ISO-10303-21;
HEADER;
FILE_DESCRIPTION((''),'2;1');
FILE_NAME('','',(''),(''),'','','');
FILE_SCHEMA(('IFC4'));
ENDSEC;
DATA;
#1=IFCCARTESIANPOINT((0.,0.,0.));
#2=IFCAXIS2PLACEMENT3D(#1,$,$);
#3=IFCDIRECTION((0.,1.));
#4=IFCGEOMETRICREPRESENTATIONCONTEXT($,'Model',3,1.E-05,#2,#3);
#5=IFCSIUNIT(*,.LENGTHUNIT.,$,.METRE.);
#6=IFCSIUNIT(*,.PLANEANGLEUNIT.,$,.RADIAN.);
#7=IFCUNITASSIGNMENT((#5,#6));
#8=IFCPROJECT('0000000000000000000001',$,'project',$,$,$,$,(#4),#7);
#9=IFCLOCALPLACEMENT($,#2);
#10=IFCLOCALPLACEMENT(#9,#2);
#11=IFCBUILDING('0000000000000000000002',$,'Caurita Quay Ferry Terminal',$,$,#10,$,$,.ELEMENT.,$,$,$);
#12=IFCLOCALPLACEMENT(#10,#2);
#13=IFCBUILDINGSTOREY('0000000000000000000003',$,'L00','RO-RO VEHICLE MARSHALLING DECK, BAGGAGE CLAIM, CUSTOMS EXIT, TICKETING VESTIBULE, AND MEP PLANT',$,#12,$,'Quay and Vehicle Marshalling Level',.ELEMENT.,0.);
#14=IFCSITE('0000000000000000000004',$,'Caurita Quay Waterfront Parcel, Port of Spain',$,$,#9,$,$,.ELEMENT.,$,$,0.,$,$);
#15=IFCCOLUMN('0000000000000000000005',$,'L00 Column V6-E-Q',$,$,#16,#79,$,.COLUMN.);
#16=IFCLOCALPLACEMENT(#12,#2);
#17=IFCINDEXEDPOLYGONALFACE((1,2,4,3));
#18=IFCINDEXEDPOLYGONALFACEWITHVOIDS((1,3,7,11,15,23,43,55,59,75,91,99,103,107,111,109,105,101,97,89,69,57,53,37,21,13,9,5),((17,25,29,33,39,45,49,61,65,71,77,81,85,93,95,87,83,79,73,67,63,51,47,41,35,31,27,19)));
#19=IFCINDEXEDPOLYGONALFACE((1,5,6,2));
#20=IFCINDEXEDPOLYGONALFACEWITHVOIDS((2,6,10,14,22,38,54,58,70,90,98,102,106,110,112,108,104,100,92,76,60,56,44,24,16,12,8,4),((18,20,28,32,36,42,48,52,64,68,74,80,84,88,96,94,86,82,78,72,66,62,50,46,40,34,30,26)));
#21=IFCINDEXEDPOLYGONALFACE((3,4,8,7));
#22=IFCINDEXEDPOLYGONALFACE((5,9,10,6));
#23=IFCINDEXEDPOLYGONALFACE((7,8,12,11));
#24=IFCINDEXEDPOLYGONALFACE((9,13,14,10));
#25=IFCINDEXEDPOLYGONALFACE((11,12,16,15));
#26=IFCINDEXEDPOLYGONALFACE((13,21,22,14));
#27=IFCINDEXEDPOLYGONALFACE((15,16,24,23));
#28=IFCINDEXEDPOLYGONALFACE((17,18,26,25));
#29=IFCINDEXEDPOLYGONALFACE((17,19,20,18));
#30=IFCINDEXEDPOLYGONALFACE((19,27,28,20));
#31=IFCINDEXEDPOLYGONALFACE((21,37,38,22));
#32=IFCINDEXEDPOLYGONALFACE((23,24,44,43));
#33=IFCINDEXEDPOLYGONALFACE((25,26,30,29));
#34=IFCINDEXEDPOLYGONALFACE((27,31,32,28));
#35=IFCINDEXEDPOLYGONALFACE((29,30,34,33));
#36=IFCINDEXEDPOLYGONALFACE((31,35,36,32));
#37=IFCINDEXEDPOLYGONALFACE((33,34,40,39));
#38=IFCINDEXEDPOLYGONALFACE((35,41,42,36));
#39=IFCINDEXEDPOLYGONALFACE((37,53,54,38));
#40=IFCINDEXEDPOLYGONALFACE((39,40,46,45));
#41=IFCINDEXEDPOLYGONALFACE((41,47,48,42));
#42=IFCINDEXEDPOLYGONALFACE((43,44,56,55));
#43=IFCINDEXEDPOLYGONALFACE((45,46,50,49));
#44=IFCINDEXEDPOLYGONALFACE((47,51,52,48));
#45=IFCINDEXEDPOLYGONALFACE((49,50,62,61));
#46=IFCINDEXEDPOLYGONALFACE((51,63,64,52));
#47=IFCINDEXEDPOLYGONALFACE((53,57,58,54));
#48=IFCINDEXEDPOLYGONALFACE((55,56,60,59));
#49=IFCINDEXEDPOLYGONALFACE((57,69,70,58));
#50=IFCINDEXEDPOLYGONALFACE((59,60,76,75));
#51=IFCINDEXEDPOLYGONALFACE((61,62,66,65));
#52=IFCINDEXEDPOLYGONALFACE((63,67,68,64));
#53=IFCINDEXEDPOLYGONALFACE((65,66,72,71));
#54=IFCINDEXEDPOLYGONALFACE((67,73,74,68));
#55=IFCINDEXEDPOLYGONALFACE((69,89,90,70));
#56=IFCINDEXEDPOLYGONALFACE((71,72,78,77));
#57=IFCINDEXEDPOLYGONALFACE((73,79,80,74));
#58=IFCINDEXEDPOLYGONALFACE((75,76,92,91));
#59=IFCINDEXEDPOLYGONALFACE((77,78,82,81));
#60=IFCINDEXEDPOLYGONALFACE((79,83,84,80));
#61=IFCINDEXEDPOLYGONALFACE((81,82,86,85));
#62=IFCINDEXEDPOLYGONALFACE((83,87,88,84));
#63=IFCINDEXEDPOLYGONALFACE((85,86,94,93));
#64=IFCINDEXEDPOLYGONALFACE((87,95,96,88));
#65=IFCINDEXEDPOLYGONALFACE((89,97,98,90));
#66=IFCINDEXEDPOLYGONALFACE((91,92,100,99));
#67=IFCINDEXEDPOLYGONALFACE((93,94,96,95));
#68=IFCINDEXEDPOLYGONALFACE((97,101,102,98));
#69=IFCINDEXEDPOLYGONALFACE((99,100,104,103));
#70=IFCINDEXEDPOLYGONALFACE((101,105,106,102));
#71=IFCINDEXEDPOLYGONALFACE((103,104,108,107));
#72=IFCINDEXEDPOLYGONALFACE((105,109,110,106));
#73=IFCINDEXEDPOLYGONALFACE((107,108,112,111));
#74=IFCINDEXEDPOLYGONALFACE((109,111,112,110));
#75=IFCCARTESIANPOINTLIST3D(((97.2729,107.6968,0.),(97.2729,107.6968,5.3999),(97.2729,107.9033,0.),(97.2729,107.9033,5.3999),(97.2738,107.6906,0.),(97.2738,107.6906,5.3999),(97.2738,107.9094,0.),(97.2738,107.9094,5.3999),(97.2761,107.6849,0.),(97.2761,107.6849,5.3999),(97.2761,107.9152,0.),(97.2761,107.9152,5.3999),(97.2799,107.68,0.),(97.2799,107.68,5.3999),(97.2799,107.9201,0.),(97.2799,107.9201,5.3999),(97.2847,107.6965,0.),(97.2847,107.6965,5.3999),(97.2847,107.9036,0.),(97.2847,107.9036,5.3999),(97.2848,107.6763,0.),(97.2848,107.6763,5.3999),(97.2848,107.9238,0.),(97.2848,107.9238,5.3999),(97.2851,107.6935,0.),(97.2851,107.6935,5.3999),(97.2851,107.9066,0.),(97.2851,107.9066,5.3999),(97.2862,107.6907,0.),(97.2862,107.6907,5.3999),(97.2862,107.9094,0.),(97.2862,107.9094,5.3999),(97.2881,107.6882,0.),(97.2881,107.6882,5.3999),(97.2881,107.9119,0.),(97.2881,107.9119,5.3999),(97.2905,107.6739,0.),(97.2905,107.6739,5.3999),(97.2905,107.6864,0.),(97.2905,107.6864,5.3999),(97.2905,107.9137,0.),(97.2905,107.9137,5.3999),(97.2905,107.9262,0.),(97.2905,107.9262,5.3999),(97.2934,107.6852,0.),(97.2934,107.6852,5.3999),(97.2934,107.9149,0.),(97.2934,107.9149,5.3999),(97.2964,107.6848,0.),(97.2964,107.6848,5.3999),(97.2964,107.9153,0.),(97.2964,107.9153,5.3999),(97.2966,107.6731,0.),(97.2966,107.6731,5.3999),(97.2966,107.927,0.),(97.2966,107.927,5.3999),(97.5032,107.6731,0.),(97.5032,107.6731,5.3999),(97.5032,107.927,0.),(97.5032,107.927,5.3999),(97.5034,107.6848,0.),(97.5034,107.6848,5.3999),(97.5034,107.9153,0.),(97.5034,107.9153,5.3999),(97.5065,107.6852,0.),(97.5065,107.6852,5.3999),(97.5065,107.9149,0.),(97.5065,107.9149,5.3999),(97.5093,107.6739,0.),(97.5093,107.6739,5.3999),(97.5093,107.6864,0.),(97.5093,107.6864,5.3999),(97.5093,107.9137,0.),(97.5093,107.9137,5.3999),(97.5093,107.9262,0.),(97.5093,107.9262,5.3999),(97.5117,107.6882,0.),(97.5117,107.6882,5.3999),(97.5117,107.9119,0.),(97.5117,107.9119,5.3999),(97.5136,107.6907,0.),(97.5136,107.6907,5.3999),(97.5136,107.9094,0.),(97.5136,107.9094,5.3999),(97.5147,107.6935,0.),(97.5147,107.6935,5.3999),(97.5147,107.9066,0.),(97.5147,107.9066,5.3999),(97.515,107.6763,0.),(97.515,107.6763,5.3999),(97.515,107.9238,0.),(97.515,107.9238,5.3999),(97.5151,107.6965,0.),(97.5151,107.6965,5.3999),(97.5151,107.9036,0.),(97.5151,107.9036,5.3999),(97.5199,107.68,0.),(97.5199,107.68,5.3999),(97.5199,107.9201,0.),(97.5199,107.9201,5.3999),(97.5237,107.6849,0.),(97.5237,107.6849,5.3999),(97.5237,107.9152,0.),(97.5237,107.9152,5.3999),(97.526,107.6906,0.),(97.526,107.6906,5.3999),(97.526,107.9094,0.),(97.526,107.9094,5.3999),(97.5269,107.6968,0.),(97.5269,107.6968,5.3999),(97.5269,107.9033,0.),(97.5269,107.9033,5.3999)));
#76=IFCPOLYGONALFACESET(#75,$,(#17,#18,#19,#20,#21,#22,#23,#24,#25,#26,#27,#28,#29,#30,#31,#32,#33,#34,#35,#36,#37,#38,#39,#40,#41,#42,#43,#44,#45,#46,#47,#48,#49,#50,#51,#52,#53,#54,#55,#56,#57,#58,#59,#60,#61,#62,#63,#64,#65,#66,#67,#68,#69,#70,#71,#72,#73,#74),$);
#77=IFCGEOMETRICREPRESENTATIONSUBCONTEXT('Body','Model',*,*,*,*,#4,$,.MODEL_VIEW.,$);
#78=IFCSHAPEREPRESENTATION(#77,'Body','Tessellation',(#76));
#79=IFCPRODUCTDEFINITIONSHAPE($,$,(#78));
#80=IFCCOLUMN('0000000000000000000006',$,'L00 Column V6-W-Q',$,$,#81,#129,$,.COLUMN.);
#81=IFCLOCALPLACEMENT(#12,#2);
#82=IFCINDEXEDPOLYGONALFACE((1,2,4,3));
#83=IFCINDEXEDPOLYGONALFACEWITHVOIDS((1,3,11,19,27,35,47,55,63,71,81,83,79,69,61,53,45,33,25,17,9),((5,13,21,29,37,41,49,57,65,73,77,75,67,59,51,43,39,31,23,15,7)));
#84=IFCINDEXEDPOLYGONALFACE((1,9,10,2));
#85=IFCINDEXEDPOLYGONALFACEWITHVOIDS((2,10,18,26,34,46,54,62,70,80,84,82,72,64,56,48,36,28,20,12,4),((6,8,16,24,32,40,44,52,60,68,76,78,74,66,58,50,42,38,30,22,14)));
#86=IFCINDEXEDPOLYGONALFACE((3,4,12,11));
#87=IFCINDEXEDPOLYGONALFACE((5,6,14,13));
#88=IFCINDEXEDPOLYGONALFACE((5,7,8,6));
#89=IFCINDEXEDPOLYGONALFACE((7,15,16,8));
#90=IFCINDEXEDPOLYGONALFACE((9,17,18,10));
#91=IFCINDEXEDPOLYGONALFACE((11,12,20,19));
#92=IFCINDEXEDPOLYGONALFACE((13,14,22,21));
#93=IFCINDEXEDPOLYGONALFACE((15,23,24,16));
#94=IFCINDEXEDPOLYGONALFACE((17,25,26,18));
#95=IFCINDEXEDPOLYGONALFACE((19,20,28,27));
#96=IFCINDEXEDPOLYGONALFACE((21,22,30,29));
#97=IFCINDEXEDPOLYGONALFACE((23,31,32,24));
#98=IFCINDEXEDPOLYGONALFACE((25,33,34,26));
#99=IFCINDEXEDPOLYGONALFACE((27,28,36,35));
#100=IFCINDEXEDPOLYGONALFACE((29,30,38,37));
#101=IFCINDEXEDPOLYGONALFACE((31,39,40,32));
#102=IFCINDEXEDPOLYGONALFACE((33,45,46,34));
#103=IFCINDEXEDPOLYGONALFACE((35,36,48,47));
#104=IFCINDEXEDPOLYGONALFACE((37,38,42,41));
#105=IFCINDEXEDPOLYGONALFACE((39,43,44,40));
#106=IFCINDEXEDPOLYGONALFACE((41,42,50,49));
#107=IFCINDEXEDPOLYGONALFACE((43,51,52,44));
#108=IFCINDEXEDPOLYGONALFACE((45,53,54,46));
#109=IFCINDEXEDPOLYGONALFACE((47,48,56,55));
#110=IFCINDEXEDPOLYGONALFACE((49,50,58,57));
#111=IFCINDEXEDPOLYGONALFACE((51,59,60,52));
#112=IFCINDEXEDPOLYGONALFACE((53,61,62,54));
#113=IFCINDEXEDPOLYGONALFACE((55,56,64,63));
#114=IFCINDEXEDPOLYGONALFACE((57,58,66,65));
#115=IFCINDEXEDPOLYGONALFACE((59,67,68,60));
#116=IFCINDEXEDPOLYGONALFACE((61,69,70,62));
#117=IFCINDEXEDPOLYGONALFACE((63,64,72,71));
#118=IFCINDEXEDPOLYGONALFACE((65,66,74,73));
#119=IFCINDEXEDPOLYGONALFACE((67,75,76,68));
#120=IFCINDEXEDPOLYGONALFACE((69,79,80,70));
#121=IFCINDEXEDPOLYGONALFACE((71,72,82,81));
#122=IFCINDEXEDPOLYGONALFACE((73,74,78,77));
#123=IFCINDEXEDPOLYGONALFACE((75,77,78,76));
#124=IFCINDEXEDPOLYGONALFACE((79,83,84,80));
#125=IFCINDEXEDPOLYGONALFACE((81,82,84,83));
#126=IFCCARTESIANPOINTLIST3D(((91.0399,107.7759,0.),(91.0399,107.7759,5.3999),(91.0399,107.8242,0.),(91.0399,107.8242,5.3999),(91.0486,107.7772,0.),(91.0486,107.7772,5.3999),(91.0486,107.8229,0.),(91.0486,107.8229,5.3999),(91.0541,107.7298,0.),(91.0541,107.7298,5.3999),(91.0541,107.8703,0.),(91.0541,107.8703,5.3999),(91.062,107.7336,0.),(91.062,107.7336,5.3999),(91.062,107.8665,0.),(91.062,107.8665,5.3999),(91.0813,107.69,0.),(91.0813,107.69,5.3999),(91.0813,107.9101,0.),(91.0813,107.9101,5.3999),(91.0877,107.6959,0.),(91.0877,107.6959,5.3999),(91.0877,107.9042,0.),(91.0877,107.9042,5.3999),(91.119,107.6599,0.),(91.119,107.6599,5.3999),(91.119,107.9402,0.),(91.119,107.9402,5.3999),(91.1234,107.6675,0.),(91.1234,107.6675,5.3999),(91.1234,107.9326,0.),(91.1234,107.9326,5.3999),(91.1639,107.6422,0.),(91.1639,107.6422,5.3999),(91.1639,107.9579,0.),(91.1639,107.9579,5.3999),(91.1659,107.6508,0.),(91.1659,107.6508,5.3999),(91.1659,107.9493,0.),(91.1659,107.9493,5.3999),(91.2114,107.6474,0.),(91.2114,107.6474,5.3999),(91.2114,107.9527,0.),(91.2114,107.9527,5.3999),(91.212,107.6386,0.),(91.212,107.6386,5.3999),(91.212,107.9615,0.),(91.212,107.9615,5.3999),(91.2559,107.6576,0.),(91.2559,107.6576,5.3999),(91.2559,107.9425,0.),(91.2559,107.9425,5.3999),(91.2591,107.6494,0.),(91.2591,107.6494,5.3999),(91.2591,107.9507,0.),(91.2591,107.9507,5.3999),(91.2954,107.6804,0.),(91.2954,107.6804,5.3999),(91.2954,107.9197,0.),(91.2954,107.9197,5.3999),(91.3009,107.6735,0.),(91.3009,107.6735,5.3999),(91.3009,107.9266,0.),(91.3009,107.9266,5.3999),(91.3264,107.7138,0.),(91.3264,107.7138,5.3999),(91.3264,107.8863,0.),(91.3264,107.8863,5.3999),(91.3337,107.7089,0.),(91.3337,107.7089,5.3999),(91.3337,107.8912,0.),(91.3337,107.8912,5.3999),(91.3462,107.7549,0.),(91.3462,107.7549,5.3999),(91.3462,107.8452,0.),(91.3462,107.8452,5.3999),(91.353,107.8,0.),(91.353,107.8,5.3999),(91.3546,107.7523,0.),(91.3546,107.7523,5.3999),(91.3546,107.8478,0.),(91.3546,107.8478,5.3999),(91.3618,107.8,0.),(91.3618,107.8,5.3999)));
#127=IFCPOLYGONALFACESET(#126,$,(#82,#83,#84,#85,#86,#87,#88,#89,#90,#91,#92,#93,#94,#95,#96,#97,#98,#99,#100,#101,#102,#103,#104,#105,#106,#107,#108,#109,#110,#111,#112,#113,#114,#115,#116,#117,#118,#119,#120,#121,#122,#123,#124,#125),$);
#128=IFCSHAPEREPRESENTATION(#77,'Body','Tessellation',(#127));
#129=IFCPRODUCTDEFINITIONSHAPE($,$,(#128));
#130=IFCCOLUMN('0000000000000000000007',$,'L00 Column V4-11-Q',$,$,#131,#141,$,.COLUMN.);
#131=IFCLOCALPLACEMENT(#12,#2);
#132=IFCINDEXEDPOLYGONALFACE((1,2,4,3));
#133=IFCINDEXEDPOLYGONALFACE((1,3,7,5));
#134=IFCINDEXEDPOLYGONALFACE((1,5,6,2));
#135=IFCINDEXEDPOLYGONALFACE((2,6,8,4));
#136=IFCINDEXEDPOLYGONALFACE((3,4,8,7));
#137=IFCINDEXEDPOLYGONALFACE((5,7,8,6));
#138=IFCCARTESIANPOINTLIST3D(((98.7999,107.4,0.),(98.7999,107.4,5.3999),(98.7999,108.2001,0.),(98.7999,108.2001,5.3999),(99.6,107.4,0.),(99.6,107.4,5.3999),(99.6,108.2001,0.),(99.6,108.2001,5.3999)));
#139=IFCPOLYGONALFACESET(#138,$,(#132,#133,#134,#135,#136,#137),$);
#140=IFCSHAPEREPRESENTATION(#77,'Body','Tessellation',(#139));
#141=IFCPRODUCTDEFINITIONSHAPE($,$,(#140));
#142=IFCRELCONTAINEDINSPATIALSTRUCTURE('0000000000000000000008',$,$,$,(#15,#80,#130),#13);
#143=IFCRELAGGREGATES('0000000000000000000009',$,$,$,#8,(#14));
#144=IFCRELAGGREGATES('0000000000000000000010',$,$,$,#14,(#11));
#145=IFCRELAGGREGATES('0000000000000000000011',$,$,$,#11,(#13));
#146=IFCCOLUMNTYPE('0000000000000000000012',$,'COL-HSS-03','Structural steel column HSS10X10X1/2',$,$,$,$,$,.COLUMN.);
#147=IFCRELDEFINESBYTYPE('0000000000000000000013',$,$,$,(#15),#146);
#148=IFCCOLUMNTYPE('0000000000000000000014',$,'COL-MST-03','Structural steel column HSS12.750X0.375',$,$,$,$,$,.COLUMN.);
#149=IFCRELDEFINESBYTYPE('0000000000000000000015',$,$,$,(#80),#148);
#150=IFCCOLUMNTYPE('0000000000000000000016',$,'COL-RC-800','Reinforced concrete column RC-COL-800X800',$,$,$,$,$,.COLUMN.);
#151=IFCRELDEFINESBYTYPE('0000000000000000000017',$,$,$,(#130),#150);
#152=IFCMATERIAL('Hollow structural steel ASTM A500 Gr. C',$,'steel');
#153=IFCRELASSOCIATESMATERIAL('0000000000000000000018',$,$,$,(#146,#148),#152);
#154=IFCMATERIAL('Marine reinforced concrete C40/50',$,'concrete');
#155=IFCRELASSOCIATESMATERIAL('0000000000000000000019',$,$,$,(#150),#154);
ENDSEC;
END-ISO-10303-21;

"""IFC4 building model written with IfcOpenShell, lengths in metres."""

from ifc_helpers import new_model, si_unit, direction, frame, origin, origin_2d, place, context, subcontext, project, spatial, rectangle, hollow_rectangle, hollow_circle, extrude, material, material_profile, profile_set, type_object, element, save


model = new_model("IFC4")

# Units and contexts
model_context = context("Model", 3, precision=1e-05, world=origin(), true_north=direction((0.0, 1.0)))
body_context = subcontext(model_context, "Body", "Model", "MODEL_VIEW")
ifc_project = project(units=[si_unit("LENGTHUNIT", "METRE"), si_unit("PLANEANGLEUNIT", "RADIAN")], contexts=[model_context])

# Site, building, storey
site_placement = place(None, origin())
site = spatial("IfcSite", under=ifc_project, at=site_placement, Name="Caurita Quay Waterfront Parcel, Port of Spain", CompositionType="ELEMENT", RefElevation=0.0)
building_placement = place(site_placement, origin())
building = spatial("IfcBuilding", under=site, at=building_placement, Name="Caurita Quay Ferry Terminal", CompositionType="ELEMENT")
storey_placement = place(building_placement, origin())
storey = spatial("IfcBuildingStorey", under=building, at=storey_placement, Name="L00", Description="RO-RO VEHICLE MARSHALLING DECK, BAGGAGE CLAIM, CUSTOMS EXIT, TICKETING VESTIBULE, AND MEP PLANT", LongName="Quay and Vehicle Marshalling Level", CompositionType="ELEMENT", Elevation=0.0)

# Shared definitions
ifc_material_1 = material(Name="Marine reinforced concrete C40/50", Category="concrete")

# Columns
ifc_material_2 = material(Name="Hollow structural steel ASTM A500 Gr. C", Category="steel")
ifc_material_profile_1 = material_profile(ifc_material_2, hollow_rectangle(XDim=0.2539, YDim=0.2539, WallThickness=0.0117, InnerFilletRadius=0.0117, OuterFilletRadius=0.0237, at=origin_2d()), Name="HSS10X10X1/2")
ifc_profile_set_1 = profile_set([ifc_material_profile_1], Name="Hollow structural steel ASTM A500 Gr. C")
column_type_1 = type_object("IfcColumnType", Name="COL-HSS-03", Description="Structural steel column HSS10X10X1/2", PredefinedType="COLUMN", material=ifc_profile_set_1)
column_1_placement = place(storey_placement, frame((97.3999, 107.8, 0.0), z_axis=(0.0, 0.0, 1.0), x_axis=(1.0, 0.0, 0.0)))
element("IfcColumn", 1, at=column_1_placement, inside=storey, type_object=column_type_1, Name="L00 Column V6-E-Q", PredefinedType="COLUMN", context=body_context, shape_type="SweptSolid", body=[
    extrude(hollow_rectangle(XDim=0.2539, YDim=0.2539, WallThickness=0.0117, InnerFilletRadius=0.0117, OuterFilletRadius=0.0237, at=origin_2d()), origin(), (0.0, 0.0, 1.0), 5.3999),
])
ifc_material_profile_2 = material_profile(ifc_material_2, hollow_circle(Radius=0.1619, WallThickness=0.0088, at=origin_2d()), Name="HSS12.750X0.375")
ifc_profile_set_2 = profile_set([ifc_material_profile_2], Name="Hollow structural steel ASTM A500 Gr. C")
column_type_2 = type_object("IfcColumnType", Name="COL-MST-03", Description="Structural steel column HSS12.750X0.375", PredefinedType="COLUMN", material=ifc_profile_set_2)
column_2_placement = place(storey_placement, frame((91.2, 107.8, 0.0), z_axis=(0.0, 0.0, 1.0), x_axis=(1.0, 0.0, 0.0)))
element("IfcColumn", 2, at=column_2_placement, inside=storey, type_object=column_type_2, Name="L00 Column V6-W-Q", PredefinedType="COLUMN", context=body_context, shape_type="SweptSolid", body=[
    extrude(hollow_circle(Radius=0.1619, WallThickness=0.0088, at=origin_2d()), origin(), (0.0, 0.0, 1.0), 5.3999),
])
ifc_material_profile_3 = material_profile(ifc_material_1, rectangle(XDim=0.8, YDim=0.8, at=origin_2d()), Name="RC-COL-800X800")
ifc_profile_set_3 = profile_set([ifc_material_profile_3], Name="Marine reinforced concrete C40/50")
column_type_3 = type_object("IfcColumnType", Name="COL-RC-800", Description="Reinforced concrete column RC-COL-800X800", PredefinedType="COLUMN", material=ifc_profile_set_3)
column_3_placement = place(storey_placement, frame((99.2, 107.8, 0.0), z_axis=(0.0, 0.0, 1.0), x_axis=(1.0, 0.0, 0.0)))
element("IfcColumn", 3, at=column_3_placement, inside=storey, type_object=column_type_3, Name="L00 Column V4-11-Q", PredefinedType="COLUMN", context=body_context, shape_type="SweptSolid", body=[
    extrude(rectangle(XDim=0.8, YDim=0.8, at=origin_2d()), origin(), (0.0, 0.0, 1.0), 5.3999),
])

save(model, "model.ifc")
